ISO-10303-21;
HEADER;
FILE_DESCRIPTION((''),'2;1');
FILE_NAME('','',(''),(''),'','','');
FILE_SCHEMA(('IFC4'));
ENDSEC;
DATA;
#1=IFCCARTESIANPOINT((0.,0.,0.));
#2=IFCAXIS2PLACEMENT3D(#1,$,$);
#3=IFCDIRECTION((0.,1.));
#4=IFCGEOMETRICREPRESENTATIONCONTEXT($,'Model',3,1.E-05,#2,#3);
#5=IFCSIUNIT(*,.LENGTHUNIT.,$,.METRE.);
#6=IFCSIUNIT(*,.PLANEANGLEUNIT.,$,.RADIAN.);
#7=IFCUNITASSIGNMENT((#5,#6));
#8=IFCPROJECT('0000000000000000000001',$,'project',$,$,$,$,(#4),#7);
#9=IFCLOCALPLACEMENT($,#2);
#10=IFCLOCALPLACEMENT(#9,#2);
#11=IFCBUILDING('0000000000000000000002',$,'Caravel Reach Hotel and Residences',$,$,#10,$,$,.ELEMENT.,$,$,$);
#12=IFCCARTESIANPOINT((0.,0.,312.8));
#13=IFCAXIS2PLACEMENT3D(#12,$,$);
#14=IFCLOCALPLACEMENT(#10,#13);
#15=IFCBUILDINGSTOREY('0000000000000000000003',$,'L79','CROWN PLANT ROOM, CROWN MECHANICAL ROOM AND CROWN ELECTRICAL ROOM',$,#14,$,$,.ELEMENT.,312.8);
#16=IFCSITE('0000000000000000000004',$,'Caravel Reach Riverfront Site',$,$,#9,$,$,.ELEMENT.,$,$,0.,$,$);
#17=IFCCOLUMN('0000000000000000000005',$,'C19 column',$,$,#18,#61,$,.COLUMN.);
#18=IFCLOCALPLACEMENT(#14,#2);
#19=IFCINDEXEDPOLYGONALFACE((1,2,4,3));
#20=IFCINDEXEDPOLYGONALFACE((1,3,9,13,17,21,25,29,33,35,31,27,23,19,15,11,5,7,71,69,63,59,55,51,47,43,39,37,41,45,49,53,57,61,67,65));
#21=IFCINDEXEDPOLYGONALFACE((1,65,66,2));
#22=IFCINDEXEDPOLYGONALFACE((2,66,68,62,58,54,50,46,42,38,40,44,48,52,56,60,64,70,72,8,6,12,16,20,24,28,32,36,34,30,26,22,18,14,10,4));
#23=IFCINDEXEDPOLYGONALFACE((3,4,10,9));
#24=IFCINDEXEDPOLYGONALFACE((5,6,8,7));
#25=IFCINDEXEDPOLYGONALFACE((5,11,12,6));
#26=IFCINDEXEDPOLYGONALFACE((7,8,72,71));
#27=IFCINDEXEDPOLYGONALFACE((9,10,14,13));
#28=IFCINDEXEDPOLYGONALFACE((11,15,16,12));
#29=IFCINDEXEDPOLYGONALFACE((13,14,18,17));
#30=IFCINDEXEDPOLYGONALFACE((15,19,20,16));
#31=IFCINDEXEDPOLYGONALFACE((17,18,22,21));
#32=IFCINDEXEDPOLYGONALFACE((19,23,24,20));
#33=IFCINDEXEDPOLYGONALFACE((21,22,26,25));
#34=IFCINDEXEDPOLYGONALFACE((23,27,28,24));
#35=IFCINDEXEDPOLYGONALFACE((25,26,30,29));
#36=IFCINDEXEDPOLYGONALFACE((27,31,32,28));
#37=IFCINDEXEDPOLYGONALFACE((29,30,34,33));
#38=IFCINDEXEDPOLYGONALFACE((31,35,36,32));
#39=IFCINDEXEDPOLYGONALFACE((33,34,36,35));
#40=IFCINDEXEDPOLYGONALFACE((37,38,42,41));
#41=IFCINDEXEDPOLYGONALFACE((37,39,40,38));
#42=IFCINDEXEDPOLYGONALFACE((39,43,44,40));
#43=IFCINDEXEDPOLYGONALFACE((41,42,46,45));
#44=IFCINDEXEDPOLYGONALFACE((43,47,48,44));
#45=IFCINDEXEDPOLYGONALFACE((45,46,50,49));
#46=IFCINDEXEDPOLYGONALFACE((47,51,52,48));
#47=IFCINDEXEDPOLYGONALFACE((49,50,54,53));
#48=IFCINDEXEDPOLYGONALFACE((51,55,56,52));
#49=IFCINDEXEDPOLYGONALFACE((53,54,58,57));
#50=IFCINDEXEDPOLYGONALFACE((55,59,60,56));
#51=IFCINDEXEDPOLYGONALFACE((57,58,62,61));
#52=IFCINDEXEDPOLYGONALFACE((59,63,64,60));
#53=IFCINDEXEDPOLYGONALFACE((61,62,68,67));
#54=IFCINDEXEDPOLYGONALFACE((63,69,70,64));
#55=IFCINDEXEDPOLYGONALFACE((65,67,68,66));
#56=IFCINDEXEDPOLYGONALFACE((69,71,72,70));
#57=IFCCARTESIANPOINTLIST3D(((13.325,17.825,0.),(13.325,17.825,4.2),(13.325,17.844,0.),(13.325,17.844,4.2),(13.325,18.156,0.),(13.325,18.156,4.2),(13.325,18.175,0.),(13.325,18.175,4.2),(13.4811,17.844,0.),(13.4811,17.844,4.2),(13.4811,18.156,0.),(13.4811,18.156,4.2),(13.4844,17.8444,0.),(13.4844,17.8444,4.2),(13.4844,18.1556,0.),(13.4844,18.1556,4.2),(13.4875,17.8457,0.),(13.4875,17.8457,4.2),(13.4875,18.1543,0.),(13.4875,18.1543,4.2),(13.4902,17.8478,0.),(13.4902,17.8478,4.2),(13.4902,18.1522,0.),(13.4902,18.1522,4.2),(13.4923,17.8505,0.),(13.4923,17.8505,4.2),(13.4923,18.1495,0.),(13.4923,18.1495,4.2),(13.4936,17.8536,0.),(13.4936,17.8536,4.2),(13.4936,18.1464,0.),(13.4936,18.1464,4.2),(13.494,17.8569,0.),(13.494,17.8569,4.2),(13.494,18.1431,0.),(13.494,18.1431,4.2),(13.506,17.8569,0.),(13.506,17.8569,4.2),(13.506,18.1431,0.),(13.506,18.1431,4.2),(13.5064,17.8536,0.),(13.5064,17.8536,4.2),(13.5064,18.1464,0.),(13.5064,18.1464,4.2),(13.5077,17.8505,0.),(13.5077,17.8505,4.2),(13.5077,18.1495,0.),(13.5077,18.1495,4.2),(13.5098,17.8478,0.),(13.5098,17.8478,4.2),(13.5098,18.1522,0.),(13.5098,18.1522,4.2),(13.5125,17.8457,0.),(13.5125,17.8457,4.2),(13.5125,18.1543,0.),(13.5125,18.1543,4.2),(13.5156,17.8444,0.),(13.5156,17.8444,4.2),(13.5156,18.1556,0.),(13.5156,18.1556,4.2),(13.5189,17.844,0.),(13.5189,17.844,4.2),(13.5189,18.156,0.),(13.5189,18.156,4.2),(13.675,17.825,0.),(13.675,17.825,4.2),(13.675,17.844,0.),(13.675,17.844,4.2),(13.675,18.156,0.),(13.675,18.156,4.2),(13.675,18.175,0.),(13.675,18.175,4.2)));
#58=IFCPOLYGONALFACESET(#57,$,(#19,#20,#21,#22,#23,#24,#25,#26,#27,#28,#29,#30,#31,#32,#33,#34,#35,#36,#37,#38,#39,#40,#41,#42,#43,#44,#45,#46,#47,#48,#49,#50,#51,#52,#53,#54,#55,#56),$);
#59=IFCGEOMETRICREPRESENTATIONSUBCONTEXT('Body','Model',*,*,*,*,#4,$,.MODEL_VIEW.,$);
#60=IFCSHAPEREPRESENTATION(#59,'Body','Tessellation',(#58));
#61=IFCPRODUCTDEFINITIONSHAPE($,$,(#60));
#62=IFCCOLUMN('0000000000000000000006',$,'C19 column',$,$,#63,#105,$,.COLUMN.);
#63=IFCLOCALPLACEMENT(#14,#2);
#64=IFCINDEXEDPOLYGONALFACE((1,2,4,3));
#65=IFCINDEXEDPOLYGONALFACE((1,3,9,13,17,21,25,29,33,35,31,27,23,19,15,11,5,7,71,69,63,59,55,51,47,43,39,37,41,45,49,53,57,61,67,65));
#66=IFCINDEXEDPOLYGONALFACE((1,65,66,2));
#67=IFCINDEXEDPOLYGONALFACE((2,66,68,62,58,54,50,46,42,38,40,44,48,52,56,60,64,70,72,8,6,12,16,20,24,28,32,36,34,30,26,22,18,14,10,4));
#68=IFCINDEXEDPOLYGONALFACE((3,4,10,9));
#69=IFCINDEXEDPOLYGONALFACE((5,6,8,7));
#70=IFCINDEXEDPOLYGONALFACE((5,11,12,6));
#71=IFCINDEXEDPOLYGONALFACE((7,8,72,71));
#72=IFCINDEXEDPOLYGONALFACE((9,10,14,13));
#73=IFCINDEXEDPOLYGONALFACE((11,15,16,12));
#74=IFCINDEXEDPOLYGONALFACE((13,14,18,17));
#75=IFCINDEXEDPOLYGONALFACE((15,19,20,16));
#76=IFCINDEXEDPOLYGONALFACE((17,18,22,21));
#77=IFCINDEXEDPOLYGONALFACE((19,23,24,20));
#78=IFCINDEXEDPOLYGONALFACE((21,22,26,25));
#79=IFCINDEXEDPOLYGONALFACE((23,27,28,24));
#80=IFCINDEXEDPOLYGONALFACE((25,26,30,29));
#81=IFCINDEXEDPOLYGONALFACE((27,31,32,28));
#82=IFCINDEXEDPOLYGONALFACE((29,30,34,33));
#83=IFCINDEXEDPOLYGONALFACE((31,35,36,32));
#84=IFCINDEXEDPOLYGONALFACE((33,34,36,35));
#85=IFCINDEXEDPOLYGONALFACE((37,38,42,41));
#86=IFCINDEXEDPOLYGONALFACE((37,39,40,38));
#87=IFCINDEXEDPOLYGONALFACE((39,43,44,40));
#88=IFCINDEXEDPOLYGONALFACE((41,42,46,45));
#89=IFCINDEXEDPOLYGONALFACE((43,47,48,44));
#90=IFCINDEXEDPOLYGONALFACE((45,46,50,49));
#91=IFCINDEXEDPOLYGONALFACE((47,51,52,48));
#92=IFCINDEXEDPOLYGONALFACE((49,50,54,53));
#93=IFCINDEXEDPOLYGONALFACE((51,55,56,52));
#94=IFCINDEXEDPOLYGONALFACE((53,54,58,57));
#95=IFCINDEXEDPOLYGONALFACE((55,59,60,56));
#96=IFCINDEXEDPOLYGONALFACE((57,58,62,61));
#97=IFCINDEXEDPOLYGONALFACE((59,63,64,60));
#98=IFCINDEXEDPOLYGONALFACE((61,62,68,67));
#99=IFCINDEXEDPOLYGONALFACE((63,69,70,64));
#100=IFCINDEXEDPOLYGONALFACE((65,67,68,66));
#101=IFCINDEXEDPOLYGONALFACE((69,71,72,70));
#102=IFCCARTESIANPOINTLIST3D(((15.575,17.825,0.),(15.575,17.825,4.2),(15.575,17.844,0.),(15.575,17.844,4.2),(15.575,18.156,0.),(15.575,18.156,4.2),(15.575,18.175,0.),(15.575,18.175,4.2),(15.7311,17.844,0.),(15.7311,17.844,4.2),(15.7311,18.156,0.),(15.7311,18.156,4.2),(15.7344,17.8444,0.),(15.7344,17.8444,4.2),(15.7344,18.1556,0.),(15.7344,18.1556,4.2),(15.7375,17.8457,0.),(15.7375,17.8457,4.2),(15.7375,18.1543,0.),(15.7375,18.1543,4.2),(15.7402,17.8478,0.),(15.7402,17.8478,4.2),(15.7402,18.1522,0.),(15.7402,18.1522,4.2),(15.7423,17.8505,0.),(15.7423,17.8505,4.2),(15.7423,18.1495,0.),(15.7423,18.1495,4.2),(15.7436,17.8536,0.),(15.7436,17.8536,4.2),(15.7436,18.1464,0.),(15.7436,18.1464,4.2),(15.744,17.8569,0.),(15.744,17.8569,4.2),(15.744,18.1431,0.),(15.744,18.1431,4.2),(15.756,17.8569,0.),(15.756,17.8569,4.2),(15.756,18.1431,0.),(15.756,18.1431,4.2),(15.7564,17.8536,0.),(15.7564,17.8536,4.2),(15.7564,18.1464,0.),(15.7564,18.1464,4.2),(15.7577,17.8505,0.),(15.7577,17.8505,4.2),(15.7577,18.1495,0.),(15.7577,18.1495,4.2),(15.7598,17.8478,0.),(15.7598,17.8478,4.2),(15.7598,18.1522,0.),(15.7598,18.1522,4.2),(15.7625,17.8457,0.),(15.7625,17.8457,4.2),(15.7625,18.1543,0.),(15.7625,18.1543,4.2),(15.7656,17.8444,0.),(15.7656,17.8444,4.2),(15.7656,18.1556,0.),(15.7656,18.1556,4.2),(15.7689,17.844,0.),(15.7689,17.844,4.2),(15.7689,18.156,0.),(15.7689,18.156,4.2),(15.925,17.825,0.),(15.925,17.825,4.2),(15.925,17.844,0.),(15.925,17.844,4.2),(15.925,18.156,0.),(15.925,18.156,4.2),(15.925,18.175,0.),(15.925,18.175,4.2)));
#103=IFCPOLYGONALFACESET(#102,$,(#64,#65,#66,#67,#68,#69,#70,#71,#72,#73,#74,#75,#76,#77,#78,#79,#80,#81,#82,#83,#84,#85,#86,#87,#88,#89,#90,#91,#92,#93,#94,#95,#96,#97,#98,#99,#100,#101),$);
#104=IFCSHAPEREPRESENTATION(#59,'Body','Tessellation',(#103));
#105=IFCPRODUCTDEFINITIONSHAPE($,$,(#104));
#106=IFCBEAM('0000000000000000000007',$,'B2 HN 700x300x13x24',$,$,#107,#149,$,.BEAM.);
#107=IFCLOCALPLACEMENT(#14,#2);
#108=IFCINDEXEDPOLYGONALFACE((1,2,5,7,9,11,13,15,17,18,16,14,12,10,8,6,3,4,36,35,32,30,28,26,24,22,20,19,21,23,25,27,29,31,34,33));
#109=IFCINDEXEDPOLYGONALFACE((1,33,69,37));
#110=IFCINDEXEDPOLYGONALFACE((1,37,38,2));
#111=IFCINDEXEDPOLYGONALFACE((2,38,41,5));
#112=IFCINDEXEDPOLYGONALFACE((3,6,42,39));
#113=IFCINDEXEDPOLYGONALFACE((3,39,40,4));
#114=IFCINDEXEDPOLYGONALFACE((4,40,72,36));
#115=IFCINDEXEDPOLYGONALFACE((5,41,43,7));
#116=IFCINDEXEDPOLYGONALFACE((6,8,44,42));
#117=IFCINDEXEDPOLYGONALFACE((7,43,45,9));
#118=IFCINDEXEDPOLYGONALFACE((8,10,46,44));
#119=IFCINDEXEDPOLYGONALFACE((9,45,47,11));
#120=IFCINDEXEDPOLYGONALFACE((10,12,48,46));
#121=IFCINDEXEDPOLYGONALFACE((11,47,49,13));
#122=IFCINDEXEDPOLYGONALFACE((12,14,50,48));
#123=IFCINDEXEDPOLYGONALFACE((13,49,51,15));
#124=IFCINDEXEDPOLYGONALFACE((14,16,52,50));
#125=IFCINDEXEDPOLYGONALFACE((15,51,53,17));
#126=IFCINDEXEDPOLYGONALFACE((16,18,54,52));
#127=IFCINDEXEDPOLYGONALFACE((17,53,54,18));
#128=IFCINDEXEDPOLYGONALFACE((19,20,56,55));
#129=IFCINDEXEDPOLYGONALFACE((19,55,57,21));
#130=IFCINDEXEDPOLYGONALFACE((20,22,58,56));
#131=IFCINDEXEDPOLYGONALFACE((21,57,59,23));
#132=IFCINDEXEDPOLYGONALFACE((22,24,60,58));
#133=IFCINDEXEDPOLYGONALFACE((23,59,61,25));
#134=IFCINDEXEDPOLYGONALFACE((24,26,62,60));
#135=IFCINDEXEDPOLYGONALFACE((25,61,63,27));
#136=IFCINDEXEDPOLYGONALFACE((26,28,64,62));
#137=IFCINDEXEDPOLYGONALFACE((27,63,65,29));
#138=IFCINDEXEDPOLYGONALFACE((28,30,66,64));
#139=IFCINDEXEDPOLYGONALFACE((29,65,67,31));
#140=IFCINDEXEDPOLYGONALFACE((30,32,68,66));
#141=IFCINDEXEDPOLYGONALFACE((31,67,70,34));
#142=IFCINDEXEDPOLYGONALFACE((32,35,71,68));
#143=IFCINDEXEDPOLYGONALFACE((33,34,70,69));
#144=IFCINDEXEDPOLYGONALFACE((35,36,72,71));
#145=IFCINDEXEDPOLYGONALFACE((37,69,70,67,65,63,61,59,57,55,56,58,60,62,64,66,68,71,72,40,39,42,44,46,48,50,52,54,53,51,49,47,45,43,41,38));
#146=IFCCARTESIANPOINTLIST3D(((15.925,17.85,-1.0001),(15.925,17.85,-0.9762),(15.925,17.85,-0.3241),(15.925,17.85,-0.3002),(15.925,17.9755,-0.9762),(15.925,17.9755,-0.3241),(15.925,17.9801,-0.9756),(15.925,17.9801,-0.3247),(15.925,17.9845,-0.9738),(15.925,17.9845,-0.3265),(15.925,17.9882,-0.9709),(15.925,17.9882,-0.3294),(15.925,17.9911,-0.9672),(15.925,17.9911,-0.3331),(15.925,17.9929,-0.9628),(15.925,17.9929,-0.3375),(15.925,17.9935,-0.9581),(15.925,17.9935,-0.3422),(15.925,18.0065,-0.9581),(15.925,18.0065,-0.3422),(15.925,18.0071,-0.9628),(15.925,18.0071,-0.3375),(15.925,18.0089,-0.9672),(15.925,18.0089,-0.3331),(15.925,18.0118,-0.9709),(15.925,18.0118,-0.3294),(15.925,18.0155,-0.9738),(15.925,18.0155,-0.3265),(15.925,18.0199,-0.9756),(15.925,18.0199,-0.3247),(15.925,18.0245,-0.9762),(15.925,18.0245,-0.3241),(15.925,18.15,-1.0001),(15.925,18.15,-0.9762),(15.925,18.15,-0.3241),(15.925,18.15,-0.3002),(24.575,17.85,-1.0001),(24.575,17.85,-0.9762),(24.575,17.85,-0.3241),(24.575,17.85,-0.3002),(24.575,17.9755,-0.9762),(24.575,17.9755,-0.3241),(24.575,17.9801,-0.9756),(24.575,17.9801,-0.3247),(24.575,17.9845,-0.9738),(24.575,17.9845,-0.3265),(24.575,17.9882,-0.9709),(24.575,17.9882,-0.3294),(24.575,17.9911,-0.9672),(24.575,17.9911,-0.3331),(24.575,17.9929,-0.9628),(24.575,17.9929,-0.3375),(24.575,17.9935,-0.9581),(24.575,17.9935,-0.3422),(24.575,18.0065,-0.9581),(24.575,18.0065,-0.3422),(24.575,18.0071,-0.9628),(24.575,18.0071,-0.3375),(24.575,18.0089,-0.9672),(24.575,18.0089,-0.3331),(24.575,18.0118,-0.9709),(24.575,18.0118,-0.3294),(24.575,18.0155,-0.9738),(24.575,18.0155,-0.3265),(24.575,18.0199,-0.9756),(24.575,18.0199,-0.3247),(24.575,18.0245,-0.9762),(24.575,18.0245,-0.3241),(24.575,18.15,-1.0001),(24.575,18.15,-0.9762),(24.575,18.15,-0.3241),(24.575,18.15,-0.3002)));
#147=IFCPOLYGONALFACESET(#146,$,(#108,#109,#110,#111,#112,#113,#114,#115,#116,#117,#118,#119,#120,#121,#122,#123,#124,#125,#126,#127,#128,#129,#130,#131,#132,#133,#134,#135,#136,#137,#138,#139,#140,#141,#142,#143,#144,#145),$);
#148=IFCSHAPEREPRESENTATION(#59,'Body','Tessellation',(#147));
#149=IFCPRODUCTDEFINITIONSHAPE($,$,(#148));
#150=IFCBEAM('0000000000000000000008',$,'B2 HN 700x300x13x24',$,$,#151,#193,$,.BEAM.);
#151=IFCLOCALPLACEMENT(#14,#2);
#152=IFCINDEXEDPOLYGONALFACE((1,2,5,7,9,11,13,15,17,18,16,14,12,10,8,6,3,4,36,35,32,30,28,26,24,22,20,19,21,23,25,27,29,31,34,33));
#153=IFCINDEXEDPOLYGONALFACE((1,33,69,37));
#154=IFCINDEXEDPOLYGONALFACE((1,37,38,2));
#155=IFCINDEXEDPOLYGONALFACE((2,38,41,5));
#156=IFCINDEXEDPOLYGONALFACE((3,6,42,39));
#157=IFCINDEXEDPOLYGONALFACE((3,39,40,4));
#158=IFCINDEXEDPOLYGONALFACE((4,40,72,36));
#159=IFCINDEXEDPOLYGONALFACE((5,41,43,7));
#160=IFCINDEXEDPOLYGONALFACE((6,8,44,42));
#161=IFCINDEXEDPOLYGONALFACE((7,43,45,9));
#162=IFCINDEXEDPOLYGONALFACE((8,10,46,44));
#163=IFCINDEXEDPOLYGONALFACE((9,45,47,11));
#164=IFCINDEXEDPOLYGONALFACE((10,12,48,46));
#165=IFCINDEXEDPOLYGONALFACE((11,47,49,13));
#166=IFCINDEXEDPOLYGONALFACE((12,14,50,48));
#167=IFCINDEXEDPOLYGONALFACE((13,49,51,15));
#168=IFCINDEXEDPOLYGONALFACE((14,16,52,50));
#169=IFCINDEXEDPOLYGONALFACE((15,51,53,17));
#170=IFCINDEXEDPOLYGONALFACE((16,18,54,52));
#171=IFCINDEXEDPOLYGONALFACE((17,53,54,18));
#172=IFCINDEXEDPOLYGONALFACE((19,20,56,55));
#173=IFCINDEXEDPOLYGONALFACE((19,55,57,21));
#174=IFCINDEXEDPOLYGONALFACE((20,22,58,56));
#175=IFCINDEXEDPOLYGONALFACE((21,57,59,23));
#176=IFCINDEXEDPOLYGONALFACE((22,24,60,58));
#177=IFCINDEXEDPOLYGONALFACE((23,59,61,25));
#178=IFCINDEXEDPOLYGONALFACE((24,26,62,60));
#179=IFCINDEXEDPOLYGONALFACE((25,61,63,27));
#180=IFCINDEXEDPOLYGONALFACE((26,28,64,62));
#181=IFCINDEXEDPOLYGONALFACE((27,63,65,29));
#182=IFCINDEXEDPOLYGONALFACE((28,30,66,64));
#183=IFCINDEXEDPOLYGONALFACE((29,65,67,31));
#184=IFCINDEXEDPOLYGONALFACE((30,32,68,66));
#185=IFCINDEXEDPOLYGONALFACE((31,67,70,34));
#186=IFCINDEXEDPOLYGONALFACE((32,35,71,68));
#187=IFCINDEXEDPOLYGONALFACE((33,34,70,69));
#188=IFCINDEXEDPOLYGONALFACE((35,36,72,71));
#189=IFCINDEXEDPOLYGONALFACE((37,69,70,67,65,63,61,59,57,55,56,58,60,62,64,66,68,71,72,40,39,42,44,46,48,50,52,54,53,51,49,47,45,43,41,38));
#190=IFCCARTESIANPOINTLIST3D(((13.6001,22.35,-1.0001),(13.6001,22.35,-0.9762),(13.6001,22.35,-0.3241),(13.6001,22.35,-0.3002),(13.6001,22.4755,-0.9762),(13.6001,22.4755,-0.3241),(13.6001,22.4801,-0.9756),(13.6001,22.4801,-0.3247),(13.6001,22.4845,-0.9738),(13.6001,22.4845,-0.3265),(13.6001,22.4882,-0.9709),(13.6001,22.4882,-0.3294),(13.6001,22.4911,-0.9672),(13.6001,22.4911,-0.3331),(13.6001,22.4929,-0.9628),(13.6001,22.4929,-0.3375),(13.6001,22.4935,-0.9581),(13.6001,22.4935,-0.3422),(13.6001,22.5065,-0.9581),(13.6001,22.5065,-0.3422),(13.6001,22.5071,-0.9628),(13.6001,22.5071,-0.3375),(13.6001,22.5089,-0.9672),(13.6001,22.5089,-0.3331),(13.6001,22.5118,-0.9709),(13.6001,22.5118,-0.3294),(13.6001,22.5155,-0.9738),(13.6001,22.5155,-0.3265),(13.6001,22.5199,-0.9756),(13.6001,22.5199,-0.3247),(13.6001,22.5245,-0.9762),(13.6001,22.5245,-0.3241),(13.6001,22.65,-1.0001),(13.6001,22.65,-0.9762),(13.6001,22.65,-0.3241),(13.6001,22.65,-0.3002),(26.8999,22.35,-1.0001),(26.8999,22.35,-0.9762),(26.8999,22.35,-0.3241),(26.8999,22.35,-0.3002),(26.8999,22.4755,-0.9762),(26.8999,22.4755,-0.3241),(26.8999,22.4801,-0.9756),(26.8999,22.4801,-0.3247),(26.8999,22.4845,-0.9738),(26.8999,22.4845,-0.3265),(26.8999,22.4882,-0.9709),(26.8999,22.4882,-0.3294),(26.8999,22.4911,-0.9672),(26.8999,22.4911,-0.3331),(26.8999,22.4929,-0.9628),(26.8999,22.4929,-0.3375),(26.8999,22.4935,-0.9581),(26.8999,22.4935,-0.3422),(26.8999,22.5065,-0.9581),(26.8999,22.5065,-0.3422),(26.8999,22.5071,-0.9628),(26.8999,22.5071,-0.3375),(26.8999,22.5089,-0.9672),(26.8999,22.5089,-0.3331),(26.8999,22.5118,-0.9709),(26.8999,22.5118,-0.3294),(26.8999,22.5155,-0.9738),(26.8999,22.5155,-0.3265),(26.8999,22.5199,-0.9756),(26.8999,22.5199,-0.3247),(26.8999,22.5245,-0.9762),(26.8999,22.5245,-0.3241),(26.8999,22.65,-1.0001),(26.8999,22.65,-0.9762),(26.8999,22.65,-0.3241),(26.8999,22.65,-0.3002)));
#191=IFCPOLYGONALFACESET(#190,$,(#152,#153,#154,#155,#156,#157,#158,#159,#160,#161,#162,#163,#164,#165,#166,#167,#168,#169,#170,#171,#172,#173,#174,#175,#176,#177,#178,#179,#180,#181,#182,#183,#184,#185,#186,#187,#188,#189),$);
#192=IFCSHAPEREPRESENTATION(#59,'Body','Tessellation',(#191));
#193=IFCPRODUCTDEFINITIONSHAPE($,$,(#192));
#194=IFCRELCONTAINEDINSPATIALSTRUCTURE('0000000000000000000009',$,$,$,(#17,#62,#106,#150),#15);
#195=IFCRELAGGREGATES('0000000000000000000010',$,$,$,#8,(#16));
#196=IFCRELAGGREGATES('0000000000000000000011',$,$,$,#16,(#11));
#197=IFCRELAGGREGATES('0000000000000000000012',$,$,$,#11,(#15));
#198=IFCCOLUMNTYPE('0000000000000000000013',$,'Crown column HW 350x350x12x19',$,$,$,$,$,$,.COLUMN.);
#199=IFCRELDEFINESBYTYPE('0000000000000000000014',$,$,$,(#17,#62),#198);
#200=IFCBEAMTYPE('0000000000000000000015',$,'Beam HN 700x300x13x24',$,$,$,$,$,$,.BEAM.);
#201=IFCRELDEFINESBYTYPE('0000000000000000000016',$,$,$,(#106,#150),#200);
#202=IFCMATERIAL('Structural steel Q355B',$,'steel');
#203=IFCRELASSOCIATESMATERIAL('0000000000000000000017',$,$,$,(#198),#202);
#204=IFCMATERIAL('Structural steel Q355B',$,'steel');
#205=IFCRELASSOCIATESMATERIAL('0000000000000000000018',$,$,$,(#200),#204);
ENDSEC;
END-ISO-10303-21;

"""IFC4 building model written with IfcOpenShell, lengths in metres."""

from ifc_helpers import new_model, si_unit, direction, frame, origin, origin_2d, place, context, subcontext, project, spatial, i_section, extrude, material, material_profile, profile_set, type_object, element, save


model = new_model("IFC4")

# Units and contexts
model_context = context("Model", 3, precision=1e-05, world=origin(), true_north=direction((0.0, 1.0)))
body_context = subcontext(model_context, "Body", "Model", "MODEL_VIEW")
ifc_project = project(units=[si_unit("LENGTHUNIT", "METRE"), si_unit("PLANEANGLEUNIT", "RADIAN")], contexts=[model_context])

# Site, building, storey
site_placement = place(None, origin())
site = spatial("IfcSite", under=ifc_project, at=site_placement, Name="Caravel Reach Riverfront Site", CompositionType="ELEMENT", RefElevation=0.0)
building_placement = place(site_placement, origin())
building = spatial("IfcBuilding", under=site, at=building_placement, Name="Caravel Reach Hotel and Residences", CompositionType="ELEMENT")
storey_placement = place(building_placement, frame((0.0, 0.0, 312.8)))
storey = spatial("IfcBuildingStorey", under=building, at=storey_placement, Name="L79", Description="CROWN PLANT ROOM, CROWN MECHANICAL ROOM AND CROWN ELECTRICAL ROOM", CompositionType="ELEMENT", Elevation=312.8)

# Columns
ifc_material_1 = material(Name="Structural steel Q355B", Category="steel")
ifc_material_profile_1 = material_profile(ifc_material_1, i_section(OverallWidth=0.3501, OverallDepth=0.3501, WebThickness=0.012, FlangeThickness=0.019, FilletRadius=0.0129, at=origin_2d()), Name="HW 350x350x12x19")
ifc_profile_set_1 = profile_set([ifc_material_profile_1], Name="Structural steel Q355B")
column_type = type_object("IfcColumnType", Name="Crown column HW 350x350x12x19", PredefinedType="COLUMN", material=ifc_profile_set_1)
for number, where, z_axis, x_axis, name in (
    (1, (13.5, 18.0, 0.0), (0.0, 0.0, 1.0), (1.0, 0.0, 0.0), "C19 column"),
    (2, (15.75, 18.0, 0.0), (0.0, 0.0, 1.0), (1.0, 0.0, 0.0), "C19 column"),
):
    element("IfcColumn", number, at=place(storey_placement, frame(where, z_axis=z_axis, x_axis=x_axis)), inside=storey, type_object=column_type, Name=name, PredefinedType="COLUMN", context=body_context, shape_type="SweptSolid", body=[
        extrude(i_section(OverallWidth=0.3501, OverallDepth=0.3501, WebThickness=0.012, FlangeThickness=0.019, FilletRadius=0.0129, at=origin_2d()), origin(), (0.0, 0.0, 1.0), 4.2),
    ])

# Beams
ifc_material_2 = material(Name="Structural steel Q355B", Category="steel")
ifc_material_profile_2 = material_profile(ifc_material_2, i_section(OverallWidth=0.3, OverallDepth=0.7, WebThickness=0.0129, FlangeThickness=0.0239, FilletRadius=0.0181, at=origin_2d()), Name="HN 700x300x13x24")
ifc_profile_set_2 = profile_set([ifc_material_profile_2], Name="Structural steel Q355B")
beam_type_1 = type_object("IfcBeamType", Name="Beam HN 700x300x13x24", PredefinedType="BEAM", material=ifc_profile_set_2)
beam_1_placement = place(storey_placement, frame((15.925, 18.0, -0.6501), z_axis=(1.0, 0.0, 0.0), x_axis=(0.0, 1.0, 0.0)))
element("IfcBeam", 3, at=beam_1_placement, inside=storey, type_object=beam_type_1, Name="B2 HN 700x300x13x24", PredefinedType="BEAM", context=body_context, shape_type="SweptSolid", body=[
    extrude(i_section(OverallWidth=0.3, OverallDepth=0.7, WebThickness=0.0129, FlangeThickness=0.0239, FilletRadius=0.0181, at=origin_2d()), origin(), (0.0, 0.0, 1.0), 8.6499),
])
beam_2_placement = place(storey_placement, frame((13.6001, 22.5, -0.6501), z_axis=(1.0, 0.0, 0.0), x_axis=(0.0, 1.0, 0.0)))
element("IfcBeam", 4, at=beam_2_placement, inside=storey, type_object=beam_type_1, Name="B2 HN 700x300x13x24", PredefinedType="BEAM", context=body_context, shape_type="SweptSolid", body=[
    extrude(i_section(OverallWidth=0.3, OverallDepth=0.7, WebThickness=0.0129, FlangeThickness=0.0239, FilletRadius=0.0181, at=origin_2d()), origin(), (0.0, 0.0, 1.0), 13.2998),
])

save(model, "model.ifc")
